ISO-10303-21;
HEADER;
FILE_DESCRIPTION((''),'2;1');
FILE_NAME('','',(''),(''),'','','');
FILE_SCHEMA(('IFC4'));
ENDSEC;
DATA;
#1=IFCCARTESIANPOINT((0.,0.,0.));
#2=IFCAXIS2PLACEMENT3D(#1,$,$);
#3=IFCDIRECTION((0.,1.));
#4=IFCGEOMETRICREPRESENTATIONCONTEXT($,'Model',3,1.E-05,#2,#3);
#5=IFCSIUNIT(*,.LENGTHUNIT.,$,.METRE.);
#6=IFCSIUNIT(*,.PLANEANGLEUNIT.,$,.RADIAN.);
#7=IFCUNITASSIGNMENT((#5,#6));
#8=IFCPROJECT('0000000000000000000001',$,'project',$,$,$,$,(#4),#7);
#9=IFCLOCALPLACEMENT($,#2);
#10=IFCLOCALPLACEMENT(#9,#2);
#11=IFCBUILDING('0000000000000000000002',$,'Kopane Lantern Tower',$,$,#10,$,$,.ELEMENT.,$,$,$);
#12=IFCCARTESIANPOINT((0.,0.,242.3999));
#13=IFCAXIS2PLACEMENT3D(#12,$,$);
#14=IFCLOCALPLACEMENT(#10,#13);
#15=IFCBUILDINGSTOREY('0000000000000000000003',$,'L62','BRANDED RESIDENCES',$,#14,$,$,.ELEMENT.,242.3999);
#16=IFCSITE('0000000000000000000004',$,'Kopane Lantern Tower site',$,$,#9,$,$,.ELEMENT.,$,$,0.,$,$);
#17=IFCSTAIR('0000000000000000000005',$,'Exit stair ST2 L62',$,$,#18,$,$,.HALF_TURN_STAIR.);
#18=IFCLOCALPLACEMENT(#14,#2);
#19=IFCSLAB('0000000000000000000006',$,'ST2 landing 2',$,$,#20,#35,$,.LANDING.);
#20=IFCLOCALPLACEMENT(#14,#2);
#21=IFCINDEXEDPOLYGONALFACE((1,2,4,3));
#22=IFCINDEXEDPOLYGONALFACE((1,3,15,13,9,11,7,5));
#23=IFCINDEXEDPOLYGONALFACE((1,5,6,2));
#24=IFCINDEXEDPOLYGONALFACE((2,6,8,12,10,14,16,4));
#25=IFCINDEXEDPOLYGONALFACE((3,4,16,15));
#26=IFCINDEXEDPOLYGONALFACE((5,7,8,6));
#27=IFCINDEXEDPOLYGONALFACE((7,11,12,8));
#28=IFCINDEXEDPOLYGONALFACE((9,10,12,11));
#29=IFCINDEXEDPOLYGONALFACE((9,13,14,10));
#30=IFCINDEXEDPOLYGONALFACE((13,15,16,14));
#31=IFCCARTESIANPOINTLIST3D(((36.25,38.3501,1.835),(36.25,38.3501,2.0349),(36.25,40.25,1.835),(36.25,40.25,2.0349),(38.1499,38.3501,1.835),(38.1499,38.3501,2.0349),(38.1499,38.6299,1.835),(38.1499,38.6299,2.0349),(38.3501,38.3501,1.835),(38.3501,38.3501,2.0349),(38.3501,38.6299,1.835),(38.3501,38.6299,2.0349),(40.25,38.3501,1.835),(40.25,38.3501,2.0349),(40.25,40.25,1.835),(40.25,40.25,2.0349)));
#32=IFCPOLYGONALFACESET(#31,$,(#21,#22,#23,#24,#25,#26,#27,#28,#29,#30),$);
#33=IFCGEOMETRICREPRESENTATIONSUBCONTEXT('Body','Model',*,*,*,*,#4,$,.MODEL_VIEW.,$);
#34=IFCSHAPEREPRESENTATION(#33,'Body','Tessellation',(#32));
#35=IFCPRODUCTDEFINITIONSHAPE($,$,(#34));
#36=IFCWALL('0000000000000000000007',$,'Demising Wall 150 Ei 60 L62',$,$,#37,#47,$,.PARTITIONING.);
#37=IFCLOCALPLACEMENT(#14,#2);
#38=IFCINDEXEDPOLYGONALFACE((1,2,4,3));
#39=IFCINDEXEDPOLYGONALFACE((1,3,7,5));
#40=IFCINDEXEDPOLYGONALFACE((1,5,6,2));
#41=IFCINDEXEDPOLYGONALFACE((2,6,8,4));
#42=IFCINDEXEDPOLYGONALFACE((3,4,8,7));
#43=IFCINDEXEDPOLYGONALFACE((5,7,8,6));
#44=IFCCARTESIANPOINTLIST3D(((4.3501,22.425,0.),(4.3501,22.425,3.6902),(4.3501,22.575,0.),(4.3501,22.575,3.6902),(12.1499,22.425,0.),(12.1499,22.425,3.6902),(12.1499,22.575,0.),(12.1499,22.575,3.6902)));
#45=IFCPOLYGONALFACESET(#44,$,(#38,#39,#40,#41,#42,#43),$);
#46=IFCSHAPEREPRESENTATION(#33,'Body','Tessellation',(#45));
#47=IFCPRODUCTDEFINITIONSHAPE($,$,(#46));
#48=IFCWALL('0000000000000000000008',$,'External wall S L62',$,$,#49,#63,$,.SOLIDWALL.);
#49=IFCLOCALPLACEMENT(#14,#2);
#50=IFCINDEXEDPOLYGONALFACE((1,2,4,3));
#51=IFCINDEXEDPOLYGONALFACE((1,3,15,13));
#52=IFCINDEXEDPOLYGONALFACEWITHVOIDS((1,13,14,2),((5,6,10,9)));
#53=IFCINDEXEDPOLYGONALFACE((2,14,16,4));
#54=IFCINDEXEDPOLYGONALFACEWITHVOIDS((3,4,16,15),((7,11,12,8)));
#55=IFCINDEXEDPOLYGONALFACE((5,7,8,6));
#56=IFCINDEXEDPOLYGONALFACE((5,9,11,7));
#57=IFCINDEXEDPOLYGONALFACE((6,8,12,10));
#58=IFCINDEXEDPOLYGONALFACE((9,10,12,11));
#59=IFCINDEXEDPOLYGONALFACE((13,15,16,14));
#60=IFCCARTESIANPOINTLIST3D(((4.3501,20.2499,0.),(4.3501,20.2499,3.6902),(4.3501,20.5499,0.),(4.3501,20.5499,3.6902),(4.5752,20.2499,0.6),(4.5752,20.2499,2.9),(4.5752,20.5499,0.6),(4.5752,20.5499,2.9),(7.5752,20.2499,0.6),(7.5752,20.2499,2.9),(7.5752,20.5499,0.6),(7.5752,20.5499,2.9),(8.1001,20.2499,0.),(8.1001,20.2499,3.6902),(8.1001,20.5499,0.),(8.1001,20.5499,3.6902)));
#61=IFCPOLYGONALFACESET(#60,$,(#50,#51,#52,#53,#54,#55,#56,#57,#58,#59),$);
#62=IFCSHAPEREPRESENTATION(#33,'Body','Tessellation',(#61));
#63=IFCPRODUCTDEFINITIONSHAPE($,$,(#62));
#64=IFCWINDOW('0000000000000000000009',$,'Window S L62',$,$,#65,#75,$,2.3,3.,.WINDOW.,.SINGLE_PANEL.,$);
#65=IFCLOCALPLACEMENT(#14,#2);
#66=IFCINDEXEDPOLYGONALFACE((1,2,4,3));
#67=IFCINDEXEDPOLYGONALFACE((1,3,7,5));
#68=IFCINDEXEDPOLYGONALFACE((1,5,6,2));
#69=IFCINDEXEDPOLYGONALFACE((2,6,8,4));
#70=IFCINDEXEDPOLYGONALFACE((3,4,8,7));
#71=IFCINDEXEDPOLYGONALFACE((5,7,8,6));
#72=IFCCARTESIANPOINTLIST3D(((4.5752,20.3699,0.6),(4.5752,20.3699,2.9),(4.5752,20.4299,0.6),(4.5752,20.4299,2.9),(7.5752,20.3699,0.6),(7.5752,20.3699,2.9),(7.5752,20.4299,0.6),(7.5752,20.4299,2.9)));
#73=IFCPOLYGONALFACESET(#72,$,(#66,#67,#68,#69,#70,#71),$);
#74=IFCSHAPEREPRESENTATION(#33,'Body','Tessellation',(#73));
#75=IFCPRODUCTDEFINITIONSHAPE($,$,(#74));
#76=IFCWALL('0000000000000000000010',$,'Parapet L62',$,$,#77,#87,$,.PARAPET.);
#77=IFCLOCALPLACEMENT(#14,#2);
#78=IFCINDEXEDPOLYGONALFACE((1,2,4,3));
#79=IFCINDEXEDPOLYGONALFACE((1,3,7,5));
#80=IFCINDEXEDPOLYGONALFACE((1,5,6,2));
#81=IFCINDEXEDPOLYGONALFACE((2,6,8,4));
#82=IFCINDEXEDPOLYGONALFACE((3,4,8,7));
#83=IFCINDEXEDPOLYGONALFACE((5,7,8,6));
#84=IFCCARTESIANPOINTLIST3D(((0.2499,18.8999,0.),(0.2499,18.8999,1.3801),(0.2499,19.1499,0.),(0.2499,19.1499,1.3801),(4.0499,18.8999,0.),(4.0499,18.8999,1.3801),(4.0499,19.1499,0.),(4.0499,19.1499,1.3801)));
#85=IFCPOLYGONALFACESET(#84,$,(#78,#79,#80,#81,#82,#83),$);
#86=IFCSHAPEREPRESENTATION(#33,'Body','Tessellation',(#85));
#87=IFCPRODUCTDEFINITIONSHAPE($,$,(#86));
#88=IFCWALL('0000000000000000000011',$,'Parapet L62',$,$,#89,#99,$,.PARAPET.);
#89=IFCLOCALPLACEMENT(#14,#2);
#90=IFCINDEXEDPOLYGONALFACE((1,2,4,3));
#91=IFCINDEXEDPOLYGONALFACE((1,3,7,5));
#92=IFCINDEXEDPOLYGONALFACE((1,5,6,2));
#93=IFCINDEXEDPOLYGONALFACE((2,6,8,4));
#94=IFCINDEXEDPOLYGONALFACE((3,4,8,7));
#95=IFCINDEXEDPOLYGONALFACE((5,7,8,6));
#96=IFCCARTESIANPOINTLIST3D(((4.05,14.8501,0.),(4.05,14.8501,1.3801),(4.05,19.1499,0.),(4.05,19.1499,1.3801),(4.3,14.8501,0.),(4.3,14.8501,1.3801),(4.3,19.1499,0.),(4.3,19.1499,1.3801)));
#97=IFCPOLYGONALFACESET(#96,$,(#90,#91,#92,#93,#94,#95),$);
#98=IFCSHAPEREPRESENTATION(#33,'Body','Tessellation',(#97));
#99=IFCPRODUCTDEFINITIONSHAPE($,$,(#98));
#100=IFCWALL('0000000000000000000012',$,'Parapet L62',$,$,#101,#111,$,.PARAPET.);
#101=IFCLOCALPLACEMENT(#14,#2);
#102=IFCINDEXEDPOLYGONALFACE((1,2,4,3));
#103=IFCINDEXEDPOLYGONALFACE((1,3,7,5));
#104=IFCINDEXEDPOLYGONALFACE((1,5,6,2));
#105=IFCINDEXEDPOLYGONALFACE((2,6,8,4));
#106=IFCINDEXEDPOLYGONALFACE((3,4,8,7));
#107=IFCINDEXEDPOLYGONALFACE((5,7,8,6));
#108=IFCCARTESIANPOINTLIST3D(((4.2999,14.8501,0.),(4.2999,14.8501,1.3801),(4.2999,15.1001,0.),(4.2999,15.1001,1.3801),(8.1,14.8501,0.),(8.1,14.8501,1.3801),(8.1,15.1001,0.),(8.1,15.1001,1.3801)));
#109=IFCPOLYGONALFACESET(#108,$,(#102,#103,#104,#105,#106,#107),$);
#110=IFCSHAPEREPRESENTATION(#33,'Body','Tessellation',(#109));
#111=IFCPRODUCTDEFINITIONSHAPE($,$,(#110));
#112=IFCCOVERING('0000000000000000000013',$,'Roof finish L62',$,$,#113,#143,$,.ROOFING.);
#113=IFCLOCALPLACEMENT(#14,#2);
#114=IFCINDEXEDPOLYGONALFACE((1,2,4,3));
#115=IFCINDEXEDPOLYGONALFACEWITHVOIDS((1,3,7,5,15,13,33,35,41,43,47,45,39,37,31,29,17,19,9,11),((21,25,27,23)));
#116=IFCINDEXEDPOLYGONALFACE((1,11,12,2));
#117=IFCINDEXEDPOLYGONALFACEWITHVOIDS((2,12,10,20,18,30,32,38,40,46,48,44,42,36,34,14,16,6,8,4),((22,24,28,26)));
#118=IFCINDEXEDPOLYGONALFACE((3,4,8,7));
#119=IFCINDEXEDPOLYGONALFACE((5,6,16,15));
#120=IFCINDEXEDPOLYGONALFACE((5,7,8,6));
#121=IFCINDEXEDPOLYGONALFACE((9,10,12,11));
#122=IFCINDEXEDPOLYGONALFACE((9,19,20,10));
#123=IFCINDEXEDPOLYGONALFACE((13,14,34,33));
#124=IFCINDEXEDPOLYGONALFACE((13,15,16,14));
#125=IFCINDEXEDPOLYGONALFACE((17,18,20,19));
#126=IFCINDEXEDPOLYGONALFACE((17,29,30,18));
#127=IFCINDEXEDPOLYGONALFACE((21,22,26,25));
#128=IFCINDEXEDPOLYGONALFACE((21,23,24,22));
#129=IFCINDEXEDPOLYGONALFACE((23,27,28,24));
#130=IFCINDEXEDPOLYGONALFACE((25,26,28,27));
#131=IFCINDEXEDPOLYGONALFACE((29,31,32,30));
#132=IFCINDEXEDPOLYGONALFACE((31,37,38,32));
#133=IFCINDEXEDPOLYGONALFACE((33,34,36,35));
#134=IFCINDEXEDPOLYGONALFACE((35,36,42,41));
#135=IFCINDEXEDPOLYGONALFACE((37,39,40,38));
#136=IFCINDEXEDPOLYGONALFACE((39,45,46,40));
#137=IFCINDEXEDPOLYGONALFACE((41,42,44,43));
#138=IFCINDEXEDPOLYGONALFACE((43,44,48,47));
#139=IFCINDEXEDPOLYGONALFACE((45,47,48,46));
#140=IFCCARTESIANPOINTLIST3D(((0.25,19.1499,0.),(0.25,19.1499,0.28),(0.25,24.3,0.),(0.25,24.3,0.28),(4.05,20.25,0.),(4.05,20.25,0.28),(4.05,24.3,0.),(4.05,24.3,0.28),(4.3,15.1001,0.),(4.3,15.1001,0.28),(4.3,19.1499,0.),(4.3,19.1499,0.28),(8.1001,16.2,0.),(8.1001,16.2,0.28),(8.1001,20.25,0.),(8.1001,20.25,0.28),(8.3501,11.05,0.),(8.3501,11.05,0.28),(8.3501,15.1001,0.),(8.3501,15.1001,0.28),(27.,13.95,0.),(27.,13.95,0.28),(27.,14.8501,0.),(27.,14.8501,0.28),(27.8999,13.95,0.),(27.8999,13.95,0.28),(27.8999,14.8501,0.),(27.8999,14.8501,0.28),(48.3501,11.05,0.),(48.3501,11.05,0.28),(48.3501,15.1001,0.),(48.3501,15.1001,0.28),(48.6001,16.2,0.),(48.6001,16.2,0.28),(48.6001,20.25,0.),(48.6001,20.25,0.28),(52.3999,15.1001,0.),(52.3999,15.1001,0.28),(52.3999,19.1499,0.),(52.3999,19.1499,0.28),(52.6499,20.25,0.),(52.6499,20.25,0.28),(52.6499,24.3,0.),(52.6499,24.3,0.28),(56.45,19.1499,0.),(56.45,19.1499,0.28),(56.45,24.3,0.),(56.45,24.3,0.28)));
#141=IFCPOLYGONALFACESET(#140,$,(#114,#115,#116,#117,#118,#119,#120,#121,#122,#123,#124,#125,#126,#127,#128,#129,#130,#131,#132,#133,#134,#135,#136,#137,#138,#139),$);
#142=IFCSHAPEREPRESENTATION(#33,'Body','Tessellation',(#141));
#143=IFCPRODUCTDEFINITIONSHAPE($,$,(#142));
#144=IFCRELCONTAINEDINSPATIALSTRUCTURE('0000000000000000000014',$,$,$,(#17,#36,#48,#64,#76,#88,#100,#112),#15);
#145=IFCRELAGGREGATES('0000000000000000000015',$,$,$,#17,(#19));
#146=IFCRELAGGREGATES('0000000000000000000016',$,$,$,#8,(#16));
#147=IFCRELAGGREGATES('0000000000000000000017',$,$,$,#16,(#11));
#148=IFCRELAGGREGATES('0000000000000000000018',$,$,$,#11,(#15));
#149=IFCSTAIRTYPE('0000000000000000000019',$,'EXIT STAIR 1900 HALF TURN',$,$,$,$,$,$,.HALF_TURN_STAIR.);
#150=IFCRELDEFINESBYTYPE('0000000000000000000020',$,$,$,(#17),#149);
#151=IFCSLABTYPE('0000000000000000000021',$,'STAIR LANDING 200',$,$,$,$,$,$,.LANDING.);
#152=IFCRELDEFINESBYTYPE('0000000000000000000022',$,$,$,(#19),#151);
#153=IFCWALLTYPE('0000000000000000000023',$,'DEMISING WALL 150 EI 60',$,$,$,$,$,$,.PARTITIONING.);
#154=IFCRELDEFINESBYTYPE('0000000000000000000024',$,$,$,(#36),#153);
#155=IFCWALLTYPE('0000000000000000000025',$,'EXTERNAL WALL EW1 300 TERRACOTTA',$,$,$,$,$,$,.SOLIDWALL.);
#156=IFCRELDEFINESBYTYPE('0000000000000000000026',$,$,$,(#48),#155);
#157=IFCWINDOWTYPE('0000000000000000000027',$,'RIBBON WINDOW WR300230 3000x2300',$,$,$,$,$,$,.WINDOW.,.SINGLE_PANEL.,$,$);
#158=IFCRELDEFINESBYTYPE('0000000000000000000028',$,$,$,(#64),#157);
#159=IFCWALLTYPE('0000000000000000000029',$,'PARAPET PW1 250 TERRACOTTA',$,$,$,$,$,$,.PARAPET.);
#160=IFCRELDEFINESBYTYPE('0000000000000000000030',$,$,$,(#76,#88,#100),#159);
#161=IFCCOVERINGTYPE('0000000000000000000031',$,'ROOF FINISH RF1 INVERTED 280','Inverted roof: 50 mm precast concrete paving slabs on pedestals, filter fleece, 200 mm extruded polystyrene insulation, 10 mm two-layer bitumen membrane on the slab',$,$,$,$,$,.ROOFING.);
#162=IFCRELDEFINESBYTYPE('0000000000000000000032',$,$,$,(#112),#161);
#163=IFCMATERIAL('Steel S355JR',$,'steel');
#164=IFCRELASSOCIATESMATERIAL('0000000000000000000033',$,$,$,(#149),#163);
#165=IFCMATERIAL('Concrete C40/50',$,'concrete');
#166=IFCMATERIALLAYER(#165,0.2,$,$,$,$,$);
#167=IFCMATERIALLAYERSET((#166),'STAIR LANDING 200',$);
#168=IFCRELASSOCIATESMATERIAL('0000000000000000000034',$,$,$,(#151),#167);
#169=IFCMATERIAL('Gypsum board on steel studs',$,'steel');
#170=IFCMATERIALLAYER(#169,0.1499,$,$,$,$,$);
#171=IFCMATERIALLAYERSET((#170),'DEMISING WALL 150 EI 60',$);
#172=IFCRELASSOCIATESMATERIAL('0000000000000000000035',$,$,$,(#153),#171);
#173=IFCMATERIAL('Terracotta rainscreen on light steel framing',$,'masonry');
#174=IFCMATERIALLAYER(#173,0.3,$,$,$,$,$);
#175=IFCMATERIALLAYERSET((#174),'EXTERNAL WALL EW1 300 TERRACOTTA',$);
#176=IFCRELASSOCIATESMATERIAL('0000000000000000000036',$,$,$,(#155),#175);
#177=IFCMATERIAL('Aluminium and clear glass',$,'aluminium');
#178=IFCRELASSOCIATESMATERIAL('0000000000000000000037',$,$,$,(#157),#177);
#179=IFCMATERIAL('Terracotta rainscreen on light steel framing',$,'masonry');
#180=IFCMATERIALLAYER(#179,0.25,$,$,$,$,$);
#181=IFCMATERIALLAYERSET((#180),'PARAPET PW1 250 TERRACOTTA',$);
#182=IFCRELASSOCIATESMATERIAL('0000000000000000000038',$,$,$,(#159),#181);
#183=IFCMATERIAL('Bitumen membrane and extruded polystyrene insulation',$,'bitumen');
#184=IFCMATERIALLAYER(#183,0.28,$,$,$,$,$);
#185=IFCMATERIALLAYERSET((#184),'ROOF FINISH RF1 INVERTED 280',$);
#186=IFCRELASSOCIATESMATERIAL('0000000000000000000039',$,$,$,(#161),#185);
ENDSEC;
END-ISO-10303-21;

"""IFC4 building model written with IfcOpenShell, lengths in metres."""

from ifc_helpers import new_model, si_unit, direction, frame, frame_2d, origin, place, context, subcontext, project, spatial, polyline, rectangle, outline, extrude, material, layer, layer_set, type_object, element, fill, aggregate, save


model = new_model("IFC4")

# Units and contexts
model_context = context("Model", 3, precision=1e-05, world=origin(), true_north=direction((0.0, 1.0)))
body_context = subcontext(model_context, "Body", "Model", "MODEL_VIEW")
ifc_project = project(units=[si_unit("LENGTHUNIT", "METRE"), si_unit("PLANEANGLEUNIT", "RADIAN")], contexts=[model_context])

# Site, building, storey
site_placement = place(None, origin())
site = spatial("IfcSite", under=ifc_project, at=site_placement, Name="Kopane Lantern Tower site", CompositionType="ELEMENT", RefElevation=0.0)
building_placement = place(site_placement, origin())
building = spatial("IfcBuilding", under=site, at=building_placement, Name="Kopane Lantern Tower", CompositionType="ELEMENT")
storey_placement = place(building_placement, frame((0.0, 0.0, 242.3999)))
storey = spatial("IfcBuildingStorey", under=building, at=storey_placement, Name="L62", Description="BRANDED RESIDENCES", CompositionType="ELEMENT", Elevation=242.3999)

# Stair, slab
ifc_material_1 = material(Name="Steel S355JR", Category="steel")
stair_type = type_object("IfcStairType", Name="EXIT STAIR 1900 HALF TURN", PredefinedType="HALF_TURN_STAIR", material=ifc_material_1)
ifc_material_2 = material(Name="Concrete C40/50", Category="concrete")
ifc_layer_1 = layer(ifc_material_2, 0.2)
ifc_layer_set_1 = layer_set([ifc_layer_1], Name="STAIR LANDING 200")
slab_type_1 = type_object("IfcSlabType", Name="STAIR LANDING 200", PredefinedType="LANDING", material=ifc_layer_set_1)
stair_1_placement = place(storey_placement, origin())
stair_1 = element("IfcStair", 1, at=stair_1_placement, inside=storey, type_object=stair_type, Name="Exit stair ST2 L62", PredefinedType="HALF_TURN_STAIR")
slab_1_placement = place(storey_placement, frame((0.0, 0.0, 1.835)))
slab_1 = element("IfcSlab", 2, at=slab_1_placement, type_object=slab_type_1, Name="ST2 landing 2", PredefinedType="LANDING", context=body_context, shape_type="SweptSolid", body=[
    extrude(outline(polyline([(38.1499, 38.6299), (38.3501, 38.6299), (38.3501, 38.3501), (40.25, 38.3501), (40.25, 40.25), (36.25, 40.25), (36.25, 38.3501), (38.1499, 38.3501), (38.1499, 38.6299)])), origin(), (0.0, 0.0, 1.0), 0.2),
])
aggregate(stair_1, [slab_1])

# Wall
ifc_material_3 = material(Name="Gypsum board on steel studs", Category="steel")
ifc_layer_2 = layer(ifc_material_3, 0.1499)
ifc_layer_set_2 = layer_set([ifc_layer_2], Name="DEMISING WALL 150 EI 60")
wall_type_1 = type_object("IfcWallType", Name="DEMISING WALL 150 EI 60", PredefinedType="PARTITIONING", material=ifc_layer_set_2)
wall_1_placement = place(storey_placement, frame((4.3501, 22.5, 0.0), z_axis=(0.0, 0.0, 1.0), x_axis=(1.0, 0.0, 0.0)))
element("IfcWall", 3, at=wall_1_placement, inside=storey, type_object=wall_type_1, Name="Demising Wall 150 Ei 60 L62", PredefinedType="PARTITIONING", context=body_context, shape_type="SweptSolid", body=[
    extrude(rectangle(XDim=7.7998, YDim=0.1499, at=frame_2d((3.8999, 0.0))), origin(), (0.0, 0.0, 1.0), 3.6902),
])

# Wall, opening, window
ifc_material_4 = material(Name="Terracotta rainscreen on light steel framing", Category="masonry")
ifc_layer_3 = layer(ifc_material_4, 0.3)
ifc_layer_set_3 = layer_set([ifc_layer_3], Name="EXTERNAL WALL EW1 300 TERRACOTTA")
wall_type_2 = type_object("IfcWallType", Name="EXTERNAL WALL EW1 300 TERRACOTTA", PredefinedType="SOLIDWALL", material=ifc_layer_set_3)
wall_2_placement = place(storey_placement, frame((4.3501, 20.3999, 0.0), z_axis=(0.0, 0.0, 1.0), x_axis=(1.0, 0.0, 0.0)))
wall_2 = element("IfcWall", 4, at=wall_2_placement, inside=storey, type_object=wall_type_2, Name="External wall S L62", PredefinedType="SOLIDWALL", context=body_context, shape_type="SweptSolid", body=[
    extrude(rectangle(XDim=3.75, YDim=0.3, at=frame_2d((1.875, 0.0))), origin(), (0.0, 0.0, 1.0), 3.6902),
])
opening_1_placement = place(wall_2_placement, frame((0.2251, 0.0, 0.6001)))
opening_1 = element("IfcOpeningElement", 5, at=opening_1_placement, cuts=wall_2, PredefinedType="OPENING", context=body_context, shape_type="SweptSolid", body=[
    extrude(rectangle(XDim=3.0, YDim=2.3, at=frame_2d((1.5, 1.1499))), frame((0.0, 0.1599, 0.0), z_axis=(0.0, -1.0, 0.0), x_axis=(1.0, 0.0, 0.0)), (0.0, 0.0, 1.0), 0.3201),
])
ifc_material_5 = material(Name="Aluminium and clear glass", Category="aluminium")
window_type_1 = type_object("IfcWindowType", Name="RIBBON WINDOW WR300230 3000x2300", PartitioningType="SINGLE_PANEL", PredefinedType="WINDOW", material=ifc_material_5)
window_1_placement = place(opening_1_placement, origin())
window_1 = element("IfcWindow", 6, at=window_1_placement, inside=storey, type_object=window_type_1, Name="Window S L62", OverallHeight=2.3, OverallWidth=3.0, PartitioningType="SINGLE_PANEL", PredefinedType="WINDOW", context=body_context, shape_type="SweptSolid", body=[
    extrude(rectangle(XDim=3.0, YDim=2.3, at=frame_2d((1.5, 1.1499))), frame((0.0, 0.03, 0.0), z_axis=(0.0, -1.0, 0.0), x_axis=(1.0, 0.0, 0.0)), (0.0, 0.0, 1.0), 0.0601),
])
fill(opening_1, window_1)

# Walls
ifc_material_6 = material(Name="Terracotta rainscreen on light steel framing", Category="masonry")
ifc_layer_4 = layer(ifc_material_6, 0.25)
ifc_layer_set_4 = layer_set([ifc_layer_4], Name="PARAPET PW1 250 TERRACOTTA")
wall_type_3 = type_object("IfcWallType", Name="PARAPET PW1 250 TERRACOTTA", PredefinedType="PARAPET", material=ifc_layer_set_4)
wall_3_placement = place(storey_placement, frame((0.25, 19.0249, 0.0), z_axis=(0.0, 0.0, 1.0), x_axis=(1.0, 0.0, 0.0)))
element("IfcWall", 7, at=wall_3_placement, inside=storey, type_object=wall_type_3, Name="Parapet L62", PredefinedType="PARAPET", context=body_context, shape_type="SweptSolid", body=[
    extrude(rectangle(XDim=3.8, YDim=0.25, at=frame_2d((1.8999, 0.0))), origin(), (0.0, 0.0, 1.0), 1.3801),
])
wall_4_placement = place(storey_placement, frame((4.175, 19.1499, 0.0), z_axis=(0.0, 0.0, 1.0), x_axis=(0.0, -1.0, 0.0)))
element("IfcWall", 8, at=wall_4_placement, inside=storey, type_object=wall_type_3, Name="Parapet L62", PredefinedType="PARAPET", context=body_context, shape_type="SweptSolid", body=[
    extrude(rectangle(XDim=4.2998, YDim=0.25, at=frame_2d((2.1499, 0.0))), origin(), (0.0, 0.0, 1.0), 1.3801),
])
wall_5_placement = place(storey_placement, frame((4.3, 14.9751, 0.0), z_axis=(0.0, 0.0, 1.0), x_axis=(1.0, 0.0, 0.0)))
element("IfcWall", 9, at=wall_5_placement, inside=storey, type_object=wall_type_3, Name="Parapet L62", PredefinedType="PARAPET", context=body_context, shape_type="SweptSolid", body=[
    extrude(rectangle(XDim=3.8, YDim=0.25, at=frame_2d((1.8999, 0.0))), origin(), (0.0, 0.0, 1.0), 1.3801),
])

# Covering
ifc_material_7 = material(Name="Bitumen membrane and extruded polystyrene insulation", Category="bitumen")
ifc_layer_5 = layer(ifc_material_7, 0.28)
ifc_layer_set_5 = layer_set([ifc_layer_5], Name="ROOF FINISH RF1 INVERTED 280")
covering_type = type_object("IfcCoveringType", Name="ROOF FINISH RF1 INVERTED 280", Description="Inverted roof: 50 mm precast concrete paving slabs on pedestals, filter fleece, 200 mm extruded polystyrene insulation, 10 mm two-layer bitumen membrane on the slab", PredefinedType="ROOFING", material=ifc_layer_set_5)
covering_placement = place(storey_placement, origin())
element("IfcCovering", 10, at=covering_placement, inside=storey, type_object=covering_type, Name="Roof finish L62", PredefinedType="ROOFING", context=body_context, shape_type="SweptSolid", body=[
    extrude(outline(polyline([(4.05, 24.3), (0.25, 24.3), (0.25, 19.1499), (4.3, 19.1499), (4.3, 15.1001), (8.3501, 15.1001), (8.3501, 11.05), (48.3501, 11.05), (48.3501, 15.1001), (52.3999, 15.1001), (52.3999, 19.1499), (56.45, 19.1499), (56.45, 24.3), (52.6499, 24.3), (52.6499, 20.25), (48.6001, 20.25), (48.6001, 16.2), (8.1001, 16.2), (8.1001, 20.25), (4.05, 20.25), (4.05, 24.3)]), holes=[polyline([(27.8999, 14.8501), (27.8999, 13.95), (27.0, 13.95), (27.0, 14.8501), (27.8999, 14.8501)])]), origin(), (0.0, 0.0, 1.0), 0.28),
])

save(model, "model.ifc")
